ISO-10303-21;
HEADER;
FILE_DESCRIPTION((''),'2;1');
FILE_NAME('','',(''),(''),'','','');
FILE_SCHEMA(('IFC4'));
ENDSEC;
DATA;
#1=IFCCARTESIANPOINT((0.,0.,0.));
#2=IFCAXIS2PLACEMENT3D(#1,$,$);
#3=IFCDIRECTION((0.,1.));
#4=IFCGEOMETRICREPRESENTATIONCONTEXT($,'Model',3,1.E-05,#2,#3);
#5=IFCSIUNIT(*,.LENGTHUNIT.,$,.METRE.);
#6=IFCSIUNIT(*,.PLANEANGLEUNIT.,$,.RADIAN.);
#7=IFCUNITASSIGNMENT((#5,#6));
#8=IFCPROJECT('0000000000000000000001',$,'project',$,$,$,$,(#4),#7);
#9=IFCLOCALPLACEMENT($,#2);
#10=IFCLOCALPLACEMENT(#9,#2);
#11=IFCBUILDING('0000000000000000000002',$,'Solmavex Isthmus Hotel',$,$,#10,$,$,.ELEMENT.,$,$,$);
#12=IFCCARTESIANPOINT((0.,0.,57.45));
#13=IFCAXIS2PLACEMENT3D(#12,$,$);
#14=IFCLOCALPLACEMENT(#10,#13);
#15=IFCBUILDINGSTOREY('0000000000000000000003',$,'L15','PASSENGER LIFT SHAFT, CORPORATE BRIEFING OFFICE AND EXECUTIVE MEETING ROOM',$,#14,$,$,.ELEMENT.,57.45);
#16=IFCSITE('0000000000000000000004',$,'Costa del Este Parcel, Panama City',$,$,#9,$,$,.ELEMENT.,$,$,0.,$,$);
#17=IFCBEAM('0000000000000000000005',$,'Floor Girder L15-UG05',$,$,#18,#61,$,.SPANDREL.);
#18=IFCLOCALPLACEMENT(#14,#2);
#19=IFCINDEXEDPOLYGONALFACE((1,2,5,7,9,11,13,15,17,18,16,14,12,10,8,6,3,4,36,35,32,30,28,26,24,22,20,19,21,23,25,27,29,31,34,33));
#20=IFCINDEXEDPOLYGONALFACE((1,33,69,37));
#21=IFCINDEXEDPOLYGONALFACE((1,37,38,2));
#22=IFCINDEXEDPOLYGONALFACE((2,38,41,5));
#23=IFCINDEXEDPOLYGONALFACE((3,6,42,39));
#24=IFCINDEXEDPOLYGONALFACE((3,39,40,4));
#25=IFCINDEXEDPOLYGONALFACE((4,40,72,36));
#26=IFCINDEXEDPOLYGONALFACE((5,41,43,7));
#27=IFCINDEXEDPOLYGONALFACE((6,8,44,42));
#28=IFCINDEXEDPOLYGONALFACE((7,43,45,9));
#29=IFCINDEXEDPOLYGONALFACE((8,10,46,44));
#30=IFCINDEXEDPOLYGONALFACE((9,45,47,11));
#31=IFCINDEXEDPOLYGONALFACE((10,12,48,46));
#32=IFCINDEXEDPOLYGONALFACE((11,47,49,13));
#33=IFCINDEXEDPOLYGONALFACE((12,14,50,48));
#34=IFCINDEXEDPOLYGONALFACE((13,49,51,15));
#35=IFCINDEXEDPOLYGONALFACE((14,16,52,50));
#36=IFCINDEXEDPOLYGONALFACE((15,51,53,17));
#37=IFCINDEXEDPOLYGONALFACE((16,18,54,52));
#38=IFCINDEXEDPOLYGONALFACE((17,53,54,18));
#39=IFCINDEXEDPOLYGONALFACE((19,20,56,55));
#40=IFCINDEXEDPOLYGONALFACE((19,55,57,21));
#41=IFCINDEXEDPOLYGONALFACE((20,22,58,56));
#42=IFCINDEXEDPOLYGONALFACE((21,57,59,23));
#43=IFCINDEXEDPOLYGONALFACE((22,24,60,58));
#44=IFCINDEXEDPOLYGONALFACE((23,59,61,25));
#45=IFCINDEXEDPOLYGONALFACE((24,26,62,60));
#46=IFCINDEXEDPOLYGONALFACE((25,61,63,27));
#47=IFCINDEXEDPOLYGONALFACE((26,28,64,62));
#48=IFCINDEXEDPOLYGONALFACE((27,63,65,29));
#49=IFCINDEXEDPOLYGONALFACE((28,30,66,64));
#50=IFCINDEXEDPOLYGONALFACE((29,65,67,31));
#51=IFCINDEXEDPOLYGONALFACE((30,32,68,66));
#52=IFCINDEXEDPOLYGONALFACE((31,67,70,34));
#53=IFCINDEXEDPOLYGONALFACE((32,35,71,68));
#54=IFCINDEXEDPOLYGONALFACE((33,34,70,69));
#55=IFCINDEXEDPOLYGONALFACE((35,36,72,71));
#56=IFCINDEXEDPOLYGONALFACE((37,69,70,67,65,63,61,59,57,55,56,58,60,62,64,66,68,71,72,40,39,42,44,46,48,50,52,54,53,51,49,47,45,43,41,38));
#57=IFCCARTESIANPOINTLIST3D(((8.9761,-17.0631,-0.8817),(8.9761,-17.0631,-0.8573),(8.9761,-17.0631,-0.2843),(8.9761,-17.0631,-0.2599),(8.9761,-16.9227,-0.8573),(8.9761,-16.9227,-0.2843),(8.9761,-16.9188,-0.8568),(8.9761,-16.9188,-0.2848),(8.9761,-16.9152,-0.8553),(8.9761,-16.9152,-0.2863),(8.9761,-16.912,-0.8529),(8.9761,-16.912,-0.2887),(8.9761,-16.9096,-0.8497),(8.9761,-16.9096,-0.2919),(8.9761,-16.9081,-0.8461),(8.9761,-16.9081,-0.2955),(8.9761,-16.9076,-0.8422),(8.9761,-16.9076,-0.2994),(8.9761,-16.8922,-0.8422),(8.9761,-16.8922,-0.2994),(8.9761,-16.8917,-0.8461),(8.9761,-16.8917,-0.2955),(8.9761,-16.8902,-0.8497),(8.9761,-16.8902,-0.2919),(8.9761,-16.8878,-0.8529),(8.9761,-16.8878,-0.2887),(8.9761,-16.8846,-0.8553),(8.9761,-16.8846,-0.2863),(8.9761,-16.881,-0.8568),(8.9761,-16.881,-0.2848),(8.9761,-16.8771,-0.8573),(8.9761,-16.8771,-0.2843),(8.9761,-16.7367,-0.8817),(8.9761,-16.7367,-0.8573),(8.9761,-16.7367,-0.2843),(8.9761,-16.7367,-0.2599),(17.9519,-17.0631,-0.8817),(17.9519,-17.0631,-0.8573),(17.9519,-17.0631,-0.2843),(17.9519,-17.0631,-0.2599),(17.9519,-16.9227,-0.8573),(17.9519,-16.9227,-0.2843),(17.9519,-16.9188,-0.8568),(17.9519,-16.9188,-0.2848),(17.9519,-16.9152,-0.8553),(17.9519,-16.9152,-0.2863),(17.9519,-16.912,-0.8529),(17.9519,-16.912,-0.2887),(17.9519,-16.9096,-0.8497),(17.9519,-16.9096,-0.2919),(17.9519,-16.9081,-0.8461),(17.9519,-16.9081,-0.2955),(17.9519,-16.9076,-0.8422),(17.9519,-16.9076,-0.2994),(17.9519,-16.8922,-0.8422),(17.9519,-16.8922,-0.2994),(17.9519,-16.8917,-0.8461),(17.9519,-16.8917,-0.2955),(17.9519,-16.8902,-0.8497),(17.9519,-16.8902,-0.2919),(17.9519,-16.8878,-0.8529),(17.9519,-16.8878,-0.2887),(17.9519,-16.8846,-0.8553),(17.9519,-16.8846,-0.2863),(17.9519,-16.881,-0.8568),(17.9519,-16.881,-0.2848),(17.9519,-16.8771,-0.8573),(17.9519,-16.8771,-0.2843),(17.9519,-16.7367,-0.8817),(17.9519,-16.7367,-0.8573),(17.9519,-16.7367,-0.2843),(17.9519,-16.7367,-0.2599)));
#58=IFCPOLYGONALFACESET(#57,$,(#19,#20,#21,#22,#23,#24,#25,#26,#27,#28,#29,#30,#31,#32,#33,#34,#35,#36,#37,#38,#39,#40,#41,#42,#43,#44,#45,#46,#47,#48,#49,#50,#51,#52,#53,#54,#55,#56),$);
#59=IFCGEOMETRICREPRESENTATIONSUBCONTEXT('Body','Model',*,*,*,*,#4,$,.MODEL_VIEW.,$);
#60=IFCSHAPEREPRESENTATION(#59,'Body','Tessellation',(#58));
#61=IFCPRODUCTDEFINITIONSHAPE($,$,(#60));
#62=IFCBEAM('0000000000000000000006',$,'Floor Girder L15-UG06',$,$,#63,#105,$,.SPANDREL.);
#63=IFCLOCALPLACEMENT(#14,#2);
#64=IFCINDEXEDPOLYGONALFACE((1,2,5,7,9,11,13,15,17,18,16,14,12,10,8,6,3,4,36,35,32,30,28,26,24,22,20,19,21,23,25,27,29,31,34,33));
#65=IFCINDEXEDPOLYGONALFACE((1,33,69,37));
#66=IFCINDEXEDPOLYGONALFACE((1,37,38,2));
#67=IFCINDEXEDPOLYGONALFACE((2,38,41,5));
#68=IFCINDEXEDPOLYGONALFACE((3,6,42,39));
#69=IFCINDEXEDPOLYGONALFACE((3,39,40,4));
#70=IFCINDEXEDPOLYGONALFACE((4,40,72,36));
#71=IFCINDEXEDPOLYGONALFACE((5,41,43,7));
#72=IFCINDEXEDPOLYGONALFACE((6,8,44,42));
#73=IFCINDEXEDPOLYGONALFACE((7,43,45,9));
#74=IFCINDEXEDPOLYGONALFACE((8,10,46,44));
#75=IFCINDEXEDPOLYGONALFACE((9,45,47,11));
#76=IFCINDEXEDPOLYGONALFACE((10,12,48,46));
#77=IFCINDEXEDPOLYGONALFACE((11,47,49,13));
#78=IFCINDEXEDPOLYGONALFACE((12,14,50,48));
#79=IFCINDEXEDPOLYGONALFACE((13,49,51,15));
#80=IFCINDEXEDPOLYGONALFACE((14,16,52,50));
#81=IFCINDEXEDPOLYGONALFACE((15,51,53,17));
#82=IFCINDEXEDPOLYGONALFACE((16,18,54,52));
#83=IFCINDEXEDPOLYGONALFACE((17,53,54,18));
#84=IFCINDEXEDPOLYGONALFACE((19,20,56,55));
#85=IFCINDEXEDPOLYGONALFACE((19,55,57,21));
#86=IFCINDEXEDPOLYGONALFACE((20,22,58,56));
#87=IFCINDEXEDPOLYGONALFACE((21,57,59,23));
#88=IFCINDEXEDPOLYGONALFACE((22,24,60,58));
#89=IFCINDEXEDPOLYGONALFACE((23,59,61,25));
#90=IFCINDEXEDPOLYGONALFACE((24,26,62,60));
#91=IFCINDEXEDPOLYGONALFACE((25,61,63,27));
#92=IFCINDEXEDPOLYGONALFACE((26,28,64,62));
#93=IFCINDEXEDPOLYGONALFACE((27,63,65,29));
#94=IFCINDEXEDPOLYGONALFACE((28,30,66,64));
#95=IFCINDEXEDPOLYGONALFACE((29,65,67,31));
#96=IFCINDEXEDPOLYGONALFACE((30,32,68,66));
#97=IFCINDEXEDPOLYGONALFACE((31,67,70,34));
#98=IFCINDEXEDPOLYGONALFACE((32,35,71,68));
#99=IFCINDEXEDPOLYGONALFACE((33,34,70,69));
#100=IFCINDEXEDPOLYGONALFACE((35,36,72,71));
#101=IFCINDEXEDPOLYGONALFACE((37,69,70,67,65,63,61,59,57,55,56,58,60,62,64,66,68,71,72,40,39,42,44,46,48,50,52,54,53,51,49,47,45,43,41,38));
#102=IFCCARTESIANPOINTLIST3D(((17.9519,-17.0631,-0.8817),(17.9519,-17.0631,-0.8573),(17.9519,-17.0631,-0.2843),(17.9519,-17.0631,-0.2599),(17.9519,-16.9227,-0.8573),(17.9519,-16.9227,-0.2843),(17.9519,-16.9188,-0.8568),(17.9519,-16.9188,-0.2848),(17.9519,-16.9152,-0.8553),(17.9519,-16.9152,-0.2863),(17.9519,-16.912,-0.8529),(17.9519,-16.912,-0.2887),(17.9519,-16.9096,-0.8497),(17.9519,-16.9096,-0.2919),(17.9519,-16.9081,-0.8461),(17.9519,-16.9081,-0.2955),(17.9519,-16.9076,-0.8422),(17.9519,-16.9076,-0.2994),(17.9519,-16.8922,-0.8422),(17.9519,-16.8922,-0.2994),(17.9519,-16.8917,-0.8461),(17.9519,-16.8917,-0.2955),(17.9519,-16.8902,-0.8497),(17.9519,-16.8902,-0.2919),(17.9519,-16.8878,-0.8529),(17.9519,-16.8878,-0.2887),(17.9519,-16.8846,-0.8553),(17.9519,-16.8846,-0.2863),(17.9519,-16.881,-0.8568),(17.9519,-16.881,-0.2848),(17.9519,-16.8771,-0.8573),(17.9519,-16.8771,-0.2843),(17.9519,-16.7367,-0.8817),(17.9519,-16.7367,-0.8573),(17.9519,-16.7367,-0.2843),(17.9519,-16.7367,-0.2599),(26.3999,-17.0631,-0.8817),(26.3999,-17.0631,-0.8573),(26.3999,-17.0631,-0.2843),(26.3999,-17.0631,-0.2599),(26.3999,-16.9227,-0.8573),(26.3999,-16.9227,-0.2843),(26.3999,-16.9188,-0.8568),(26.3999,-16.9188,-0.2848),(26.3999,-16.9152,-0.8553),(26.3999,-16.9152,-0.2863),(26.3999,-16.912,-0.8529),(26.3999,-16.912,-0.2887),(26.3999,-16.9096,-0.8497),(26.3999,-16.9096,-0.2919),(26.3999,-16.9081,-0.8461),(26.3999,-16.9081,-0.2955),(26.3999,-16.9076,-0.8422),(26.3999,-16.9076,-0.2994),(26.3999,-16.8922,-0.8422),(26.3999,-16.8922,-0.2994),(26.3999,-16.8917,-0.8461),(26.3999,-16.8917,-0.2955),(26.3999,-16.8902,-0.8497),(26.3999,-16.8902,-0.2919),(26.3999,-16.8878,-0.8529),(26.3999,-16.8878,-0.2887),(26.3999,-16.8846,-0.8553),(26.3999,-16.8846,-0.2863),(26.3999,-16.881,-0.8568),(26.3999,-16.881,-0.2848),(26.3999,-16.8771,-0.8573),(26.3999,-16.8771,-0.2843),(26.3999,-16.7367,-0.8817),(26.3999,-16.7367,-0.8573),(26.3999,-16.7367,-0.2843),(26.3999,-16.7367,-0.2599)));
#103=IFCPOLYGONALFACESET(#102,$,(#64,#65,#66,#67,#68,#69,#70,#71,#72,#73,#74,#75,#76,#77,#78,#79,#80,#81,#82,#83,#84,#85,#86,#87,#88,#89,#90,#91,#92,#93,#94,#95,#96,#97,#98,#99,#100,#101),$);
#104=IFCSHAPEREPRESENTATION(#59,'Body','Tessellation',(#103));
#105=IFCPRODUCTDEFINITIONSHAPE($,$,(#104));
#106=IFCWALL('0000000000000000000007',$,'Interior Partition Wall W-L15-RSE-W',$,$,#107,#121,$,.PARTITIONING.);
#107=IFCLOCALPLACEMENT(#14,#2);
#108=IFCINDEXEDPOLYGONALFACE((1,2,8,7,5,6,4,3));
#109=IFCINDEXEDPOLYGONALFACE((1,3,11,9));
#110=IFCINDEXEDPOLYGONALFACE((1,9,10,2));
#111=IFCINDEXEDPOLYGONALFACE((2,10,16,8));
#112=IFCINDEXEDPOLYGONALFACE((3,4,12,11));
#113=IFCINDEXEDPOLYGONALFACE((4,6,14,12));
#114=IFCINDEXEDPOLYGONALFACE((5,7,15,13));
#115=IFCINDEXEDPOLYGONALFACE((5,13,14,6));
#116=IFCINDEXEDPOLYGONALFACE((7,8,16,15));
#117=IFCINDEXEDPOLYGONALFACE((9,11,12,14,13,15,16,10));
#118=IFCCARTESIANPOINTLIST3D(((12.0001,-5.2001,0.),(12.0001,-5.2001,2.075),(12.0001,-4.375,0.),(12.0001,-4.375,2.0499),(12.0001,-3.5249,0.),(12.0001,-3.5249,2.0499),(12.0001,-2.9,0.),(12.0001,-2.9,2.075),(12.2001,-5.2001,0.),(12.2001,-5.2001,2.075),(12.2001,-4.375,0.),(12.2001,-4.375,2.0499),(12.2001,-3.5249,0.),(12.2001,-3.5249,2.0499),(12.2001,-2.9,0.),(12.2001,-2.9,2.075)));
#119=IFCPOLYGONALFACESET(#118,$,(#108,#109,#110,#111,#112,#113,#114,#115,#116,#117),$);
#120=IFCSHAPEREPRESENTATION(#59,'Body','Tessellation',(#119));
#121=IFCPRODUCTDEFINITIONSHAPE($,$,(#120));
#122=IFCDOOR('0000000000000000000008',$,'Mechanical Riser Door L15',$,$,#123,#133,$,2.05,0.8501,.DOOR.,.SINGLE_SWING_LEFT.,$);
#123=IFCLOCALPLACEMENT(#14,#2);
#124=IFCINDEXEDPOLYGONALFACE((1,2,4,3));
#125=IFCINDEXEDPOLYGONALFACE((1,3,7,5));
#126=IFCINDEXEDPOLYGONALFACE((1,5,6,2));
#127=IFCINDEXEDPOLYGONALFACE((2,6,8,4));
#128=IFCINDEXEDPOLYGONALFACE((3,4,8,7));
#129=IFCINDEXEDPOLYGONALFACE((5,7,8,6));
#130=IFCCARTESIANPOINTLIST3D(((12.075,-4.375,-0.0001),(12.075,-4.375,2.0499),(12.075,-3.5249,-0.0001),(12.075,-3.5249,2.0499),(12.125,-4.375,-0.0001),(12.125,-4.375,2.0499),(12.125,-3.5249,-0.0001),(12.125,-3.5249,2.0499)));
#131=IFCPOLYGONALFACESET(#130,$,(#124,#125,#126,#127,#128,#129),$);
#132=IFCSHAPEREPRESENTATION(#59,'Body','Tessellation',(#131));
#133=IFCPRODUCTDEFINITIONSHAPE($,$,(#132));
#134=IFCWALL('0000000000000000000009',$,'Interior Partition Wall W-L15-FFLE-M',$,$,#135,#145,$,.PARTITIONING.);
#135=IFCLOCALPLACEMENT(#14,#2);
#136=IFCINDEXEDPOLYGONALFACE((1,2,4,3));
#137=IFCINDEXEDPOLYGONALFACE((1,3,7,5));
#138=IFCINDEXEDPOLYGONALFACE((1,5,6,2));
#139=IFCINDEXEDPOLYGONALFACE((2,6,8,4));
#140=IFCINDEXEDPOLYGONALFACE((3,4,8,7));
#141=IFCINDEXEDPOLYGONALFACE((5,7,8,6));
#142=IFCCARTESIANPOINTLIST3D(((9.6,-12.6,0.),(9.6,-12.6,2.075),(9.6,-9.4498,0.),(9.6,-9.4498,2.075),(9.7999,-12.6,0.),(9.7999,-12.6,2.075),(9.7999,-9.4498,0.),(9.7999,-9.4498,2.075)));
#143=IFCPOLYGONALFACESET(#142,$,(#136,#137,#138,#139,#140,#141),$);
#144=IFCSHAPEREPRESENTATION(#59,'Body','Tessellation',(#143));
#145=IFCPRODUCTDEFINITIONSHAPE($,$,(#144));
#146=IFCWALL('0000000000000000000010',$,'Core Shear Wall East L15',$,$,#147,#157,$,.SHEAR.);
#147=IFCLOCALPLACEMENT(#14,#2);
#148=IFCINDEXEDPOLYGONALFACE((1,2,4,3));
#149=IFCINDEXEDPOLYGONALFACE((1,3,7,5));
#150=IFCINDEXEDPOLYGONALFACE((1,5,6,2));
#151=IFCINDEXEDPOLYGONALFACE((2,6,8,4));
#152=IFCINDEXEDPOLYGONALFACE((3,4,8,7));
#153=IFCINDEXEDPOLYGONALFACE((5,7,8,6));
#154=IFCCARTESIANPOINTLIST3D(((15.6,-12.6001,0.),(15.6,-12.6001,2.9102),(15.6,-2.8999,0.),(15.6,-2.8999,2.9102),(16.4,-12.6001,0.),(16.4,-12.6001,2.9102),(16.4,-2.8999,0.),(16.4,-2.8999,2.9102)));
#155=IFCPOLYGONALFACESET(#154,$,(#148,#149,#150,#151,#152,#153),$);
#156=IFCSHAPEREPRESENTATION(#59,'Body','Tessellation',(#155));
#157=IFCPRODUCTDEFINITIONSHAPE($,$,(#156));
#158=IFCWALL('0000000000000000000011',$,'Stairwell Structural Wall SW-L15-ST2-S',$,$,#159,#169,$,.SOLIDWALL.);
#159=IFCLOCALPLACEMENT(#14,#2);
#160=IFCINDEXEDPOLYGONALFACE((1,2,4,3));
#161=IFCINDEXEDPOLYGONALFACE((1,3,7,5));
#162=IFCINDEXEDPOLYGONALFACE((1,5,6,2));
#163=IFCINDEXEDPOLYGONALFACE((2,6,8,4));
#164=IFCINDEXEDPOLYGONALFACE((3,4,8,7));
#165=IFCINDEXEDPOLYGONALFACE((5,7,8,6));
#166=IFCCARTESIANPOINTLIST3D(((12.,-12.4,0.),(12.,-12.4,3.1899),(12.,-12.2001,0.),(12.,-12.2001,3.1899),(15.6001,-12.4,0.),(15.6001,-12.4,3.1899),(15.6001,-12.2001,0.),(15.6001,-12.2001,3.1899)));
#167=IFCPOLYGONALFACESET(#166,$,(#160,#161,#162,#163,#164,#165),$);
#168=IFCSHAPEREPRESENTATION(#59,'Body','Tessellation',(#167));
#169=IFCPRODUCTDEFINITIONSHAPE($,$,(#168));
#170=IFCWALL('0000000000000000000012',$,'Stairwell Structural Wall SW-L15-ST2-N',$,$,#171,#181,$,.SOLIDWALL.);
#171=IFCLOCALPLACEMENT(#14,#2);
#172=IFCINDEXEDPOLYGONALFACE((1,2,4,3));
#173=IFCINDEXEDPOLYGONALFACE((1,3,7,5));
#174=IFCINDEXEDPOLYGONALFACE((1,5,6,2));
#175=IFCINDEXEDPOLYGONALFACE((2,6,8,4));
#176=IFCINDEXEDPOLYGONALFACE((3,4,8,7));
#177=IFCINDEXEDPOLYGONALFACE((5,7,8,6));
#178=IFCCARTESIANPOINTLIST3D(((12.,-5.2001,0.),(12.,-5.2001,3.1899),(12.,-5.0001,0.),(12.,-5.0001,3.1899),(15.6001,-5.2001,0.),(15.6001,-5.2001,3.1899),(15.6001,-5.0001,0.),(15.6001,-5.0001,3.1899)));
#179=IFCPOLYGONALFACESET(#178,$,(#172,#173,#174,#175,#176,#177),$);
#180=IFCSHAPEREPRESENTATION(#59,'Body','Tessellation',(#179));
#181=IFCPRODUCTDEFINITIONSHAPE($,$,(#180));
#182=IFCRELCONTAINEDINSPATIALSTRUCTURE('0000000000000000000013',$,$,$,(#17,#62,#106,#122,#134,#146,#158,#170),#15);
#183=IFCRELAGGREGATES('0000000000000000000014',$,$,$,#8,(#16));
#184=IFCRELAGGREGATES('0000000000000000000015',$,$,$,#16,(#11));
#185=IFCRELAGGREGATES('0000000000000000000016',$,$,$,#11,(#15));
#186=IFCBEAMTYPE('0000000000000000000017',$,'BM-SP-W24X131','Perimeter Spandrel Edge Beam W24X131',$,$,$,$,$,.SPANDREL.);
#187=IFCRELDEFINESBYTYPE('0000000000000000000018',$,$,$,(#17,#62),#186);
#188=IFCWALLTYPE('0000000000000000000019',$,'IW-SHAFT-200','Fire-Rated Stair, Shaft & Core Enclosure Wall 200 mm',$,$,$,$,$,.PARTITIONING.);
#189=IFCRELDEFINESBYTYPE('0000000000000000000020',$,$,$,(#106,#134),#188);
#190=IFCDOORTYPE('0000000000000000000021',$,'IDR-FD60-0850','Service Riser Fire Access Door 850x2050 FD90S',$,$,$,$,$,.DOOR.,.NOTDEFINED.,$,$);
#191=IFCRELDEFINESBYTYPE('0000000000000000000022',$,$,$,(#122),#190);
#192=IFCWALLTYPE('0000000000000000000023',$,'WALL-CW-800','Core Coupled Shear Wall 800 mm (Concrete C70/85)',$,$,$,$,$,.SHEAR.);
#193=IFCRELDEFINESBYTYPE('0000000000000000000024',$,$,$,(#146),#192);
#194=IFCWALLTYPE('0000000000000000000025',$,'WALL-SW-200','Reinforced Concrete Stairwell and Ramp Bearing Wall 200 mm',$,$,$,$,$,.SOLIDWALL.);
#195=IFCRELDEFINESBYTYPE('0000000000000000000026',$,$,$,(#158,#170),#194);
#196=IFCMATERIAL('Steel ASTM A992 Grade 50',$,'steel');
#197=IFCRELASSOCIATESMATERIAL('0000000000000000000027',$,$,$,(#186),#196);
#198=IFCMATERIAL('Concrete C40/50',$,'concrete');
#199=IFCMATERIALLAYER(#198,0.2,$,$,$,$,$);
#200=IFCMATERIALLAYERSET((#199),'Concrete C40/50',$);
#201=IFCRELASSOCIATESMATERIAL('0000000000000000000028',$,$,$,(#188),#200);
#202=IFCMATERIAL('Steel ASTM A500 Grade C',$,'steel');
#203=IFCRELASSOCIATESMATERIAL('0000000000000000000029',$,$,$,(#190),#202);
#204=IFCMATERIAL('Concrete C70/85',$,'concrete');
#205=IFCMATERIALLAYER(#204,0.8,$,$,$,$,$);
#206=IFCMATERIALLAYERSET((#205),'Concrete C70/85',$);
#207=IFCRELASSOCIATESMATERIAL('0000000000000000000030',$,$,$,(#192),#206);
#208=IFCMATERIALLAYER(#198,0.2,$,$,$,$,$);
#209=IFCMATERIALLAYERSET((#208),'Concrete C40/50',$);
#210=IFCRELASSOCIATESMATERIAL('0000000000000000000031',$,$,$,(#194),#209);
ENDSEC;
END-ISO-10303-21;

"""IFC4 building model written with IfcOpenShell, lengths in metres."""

from ifc_helpers import new_model, si_unit, direction, frame, frame_2d, origin, origin_2d, place, context, subcontext, project, spatial, rectangle, i_section, extrude, material, layer, layer_set, material_profile, profile_set, type_object, element, fill, save


model = new_model("IFC4")

# Units and contexts
model_context = context("Model", 3, precision=1e-05, world=origin(), true_north=direction((0.0, 1.0)))
body_context = subcontext(model_context, "Body", "Model", "MODEL_VIEW")
ifc_project = project(units=[si_unit("LENGTHUNIT", "METRE"), si_unit("PLANEANGLEUNIT", "RADIAN")], contexts=[model_context])

# Site, building, storey
site_placement = place(None, origin())
site = spatial("IfcSite", under=ifc_project, at=site_placement, Name="Costa del Este Parcel, Panama City", CompositionType="ELEMENT", RefElevation=0.0)
building_placement = place(site_placement, origin())
building = spatial("IfcBuilding", under=site, at=building_placement, Name="Solmavex Isthmus Hotel", CompositionType="ELEMENT")
storey_placement = place(building_placement, frame((0.0, 0.0, 57.45)))
storey = spatial("IfcBuildingStorey", under=building, at=storey_placement, Name="L15", Description="PASSENGER LIFT SHAFT, CORPORATE BRIEFING OFFICE AND EXECUTIVE MEETING ROOM", CompositionType="ELEMENT", Elevation=57.45)

# Shared definitions
ifc_material_1 = material(Name="Concrete C70/85", Category="concrete")

# Beams
ifc_material_2 = material(Name="Steel ASTM A992 Grade 50", Category="steel")
ifc_material_profile_1 = material_profile(ifc_material_2, i_section(OverallWidth=0.3264, OverallDepth=0.6218, WebThickness=0.0154, FlangeThickness=0.0244, FilletRadius=0.0151, at=origin_2d()), Name="W24X131")
ifc_profile_set_1 = profile_set([ifc_material_profile_1], Name="Steel ASTM A992 Grade 50")
beam_type_1 = type_object("IfcBeamType", Name="BM-SP-W24X131", Description="Perimeter Spandrel Edge Beam W24X131", PredefinedType="SPANDREL", material=ifc_profile_set_1)
beam_1_placement = place(storey_placement, frame((8.9761, -16.8999, -0.5708), z_axis=(1.0, 0.0, 0.0), x_axis=(0.0, 1.0, 0.0)))
element("IfcBeam", 1, at=beam_1_placement, inside=storey, type_object=beam_type_1, Name="Floor Girder L15-UG05", PredefinedType="SPANDREL", context=body_context, shape_type="SweptSolid", body=[
    extrude(i_section(OverallWidth=0.3264, OverallDepth=0.6218, WebThickness=0.0154, FlangeThickness=0.0244, FilletRadius=0.0151, at=origin_2d()), origin(), (0.0, 0.0, 1.0), 8.9758),
])
beam_2_placement = place(storey_placement, frame((17.9519, -16.8999, -0.5708), z_axis=(1.0, 0.0, 0.0), x_axis=(0.0, 1.0, 0.0)))
element("IfcBeam", 2, at=beam_2_placement, inside=storey, type_object=beam_type_1, Name="Floor Girder L15-UG06", PredefinedType="SPANDREL", context=body_context, shape_type="SweptSolid", body=[
    extrude(i_section(OverallWidth=0.3264, OverallDepth=0.6218, WebThickness=0.0154, FlangeThickness=0.0244, FilletRadius=0.0151, at=origin_2d()), origin(), (0.0, 0.0, 1.0), 8.448),
])

# Wall, opening, door
ifc_material_3 = material(Name="Concrete C40/50", Category="concrete")
ifc_layer_1 = layer(ifc_material_3, 0.2)
ifc_layer_set_1 = layer_set([ifc_layer_1], Name="Concrete C40/50")
wall_type_1 = type_object("IfcWallType", Name="IW-SHAFT-200", Description="Fire-Rated Stair, Shaft & Core Enclosure Wall 200 mm", PredefinedType="PARTITIONING", material=ifc_layer_set_1)
wall_1_placement = place(storey_placement, frame((12.1001, -5.2, 0.0), z_axis=(0.0, 0.0, 1.0), x_axis=(0.0, 1.0, 0.0)))
wall_1 = element("IfcWall", 3, at=wall_1_placement, inside=storey, type_object=wall_type_1, Name="Interior Partition Wall W-L15-RSE-W", PredefinedType="PARTITIONING", context=body_context, shape_type="SweptSolid", body=[
    extrude(rectangle(XDim=2.3, YDim=0.2, at=frame_2d((1.1499, 0.0))), origin(), (0.0, 0.0, 1.0), 2.075),
])
opening_1_placement = place(wall_1_placement, frame((0.825, 0.0, 0.0)))
opening_1 = element("IfcOpeningElement", 4, at=opening_1_placement, cuts=wall_1, PredefinedType="OPENING", context=body_context, shape_type="SweptSolid", body=[
    extrude(rectangle(XDim=0.8501, YDim=2.05, at=frame_2d((0.425, 1.0249))), frame((0.0, 0.1099, 0.0), z_axis=(0.0, -1.0, 0.0), x_axis=(1.0, 0.0, 0.0)), (0.0, 0.0, 1.0), 0.22),
])
ifc_material_4 = material(Name="Steel ASTM A500 Grade C", Category="steel")
door_type_1 = type_object("IfcDoorType", Name="IDR-FD60-0850", Description="Service Riser Fire Access Door 850x2050 FD90S", OperationType="NOTDEFINED", PredefinedType="DOOR", material=ifc_material_4)
door_1_placement = place(opening_1_placement, frame((0.8501, 0.0, 0.0), z_axis=(0.0, 0.0, 1.0), x_axis=(-1.0, 0.0, 0.0)))
door_1 = element("IfcDoor", 5, at=door_1_placement, inside=storey, type_object=door_type_1, Name="Mechanical Riser Door L15", OperationType="SINGLE_SWING_LEFT", OverallHeight=2.05, OverallWidth=0.8501, PredefinedType="DOOR", context=body_context, shape_type="SweptSolid", body=[
    extrude(rectangle(XDim=0.8501, YDim=2.05, at=frame_2d((0.425, 1.0249))), frame((0.0, 0.0249, 0.0), z_axis=(0.0, -1.0, 0.0), x_axis=(1.0, 0.0, 0.0)), (0.0, 0.0, 1.0), 0.05),
])
fill(opening_1, door_1)

# Walls
wall_2_placement = place(storey_placement, frame((9.7, -12.6001, 0.0), z_axis=(0.0, 0.0, 1.0), x_axis=(0.0, 1.0, 0.0)))
element("IfcWall", 6, at=wall_2_placement, inside=storey, type_object=wall_type_1, Name="Interior Partition Wall W-L15-FFLE-M", PredefinedType="PARTITIONING", context=body_context, shape_type="SweptSolid", body=[
    extrude(rectangle(XDim=3.1501, YDim=0.2, at=frame_2d((1.5752, 0.0))), origin(), (0.0, 0.0, 1.0), 2.075),
])
ifc_layer_2 = layer(ifc_material_1, 0.8)
ifc_layer_set_2 = layer_set([ifc_layer_2], Name="Concrete C70/85")
wall_type_2 = type_object("IfcWallType", Name="WALL-CW-800", Description="Core Coupled Shear Wall 800 mm (Concrete C70/85)", PredefinedType="SHEAR", material=ifc_layer_set_2)
wall_3_placement = place(storey_placement, frame((16.0, -12.6001, 0.0), z_axis=(0.0, 0.0, 1.0), x_axis=(0.0, 1.0, 0.0)))
element("IfcWall", 7, at=wall_3_placement, inside=storey, type_object=wall_type_2, Name="Core Shear Wall East L15", PredefinedType="SHEAR", context=body_context, shape_type="SweptSolid", body=[
    extrude(rectangle(XDim=9.7002, YDim=0.8, at=frame_2d((4.8501, 0.0))), origin(), (0.0, 0.0, 1.0), 2.9102),
])
ifc_layer_3 = layer(ifc_material_3, 0.2)
ifc_layer_set_3 = layer_set([ifc_layer_3], Name="Concrete C40/50")
wall_type_3 = type_object("IfcWallType", Name="WALL-SW-200", Description="Reinforced Concrete Stairwell and Ramp Bearing Wall 200 mm", PredefinedType="SOLIDWALL", material=ifc_layer_set_3)
for number, where, z_axis, x_axis, name in (
    (8, (12.0, -12.3, 0.0), (0.0, 0.0, 1.0), (1.0, 0.0, 0.0), "Stairwell Structural Wall SW-L15-ST2-S"),
    (9, (12.0, -5.1001, 0.0), (0.0, 0.0, 1.0), (1.0, 0.0, 0.0), "Stairwell Structural Wall SW-L15-ST2-N"),
):
    element("IfcWall", number, at=place(storey_placement, frame(where, z_axis=z_axis, x_axis=x_axis)), inside=storey, type_object=wall_type_3, Name=name, PredefinedType="SOLIDWALL", context=body_context, shape_type="SweptSolid", body=[
        extrude(rectangle(XDim=3.6001, YDim=0.2, at=frame_2d((1.8, 0.0))), origin(), (0.0, 0.0, 1.0), 3.1899),
    ])

save(model, "model.ifc")
